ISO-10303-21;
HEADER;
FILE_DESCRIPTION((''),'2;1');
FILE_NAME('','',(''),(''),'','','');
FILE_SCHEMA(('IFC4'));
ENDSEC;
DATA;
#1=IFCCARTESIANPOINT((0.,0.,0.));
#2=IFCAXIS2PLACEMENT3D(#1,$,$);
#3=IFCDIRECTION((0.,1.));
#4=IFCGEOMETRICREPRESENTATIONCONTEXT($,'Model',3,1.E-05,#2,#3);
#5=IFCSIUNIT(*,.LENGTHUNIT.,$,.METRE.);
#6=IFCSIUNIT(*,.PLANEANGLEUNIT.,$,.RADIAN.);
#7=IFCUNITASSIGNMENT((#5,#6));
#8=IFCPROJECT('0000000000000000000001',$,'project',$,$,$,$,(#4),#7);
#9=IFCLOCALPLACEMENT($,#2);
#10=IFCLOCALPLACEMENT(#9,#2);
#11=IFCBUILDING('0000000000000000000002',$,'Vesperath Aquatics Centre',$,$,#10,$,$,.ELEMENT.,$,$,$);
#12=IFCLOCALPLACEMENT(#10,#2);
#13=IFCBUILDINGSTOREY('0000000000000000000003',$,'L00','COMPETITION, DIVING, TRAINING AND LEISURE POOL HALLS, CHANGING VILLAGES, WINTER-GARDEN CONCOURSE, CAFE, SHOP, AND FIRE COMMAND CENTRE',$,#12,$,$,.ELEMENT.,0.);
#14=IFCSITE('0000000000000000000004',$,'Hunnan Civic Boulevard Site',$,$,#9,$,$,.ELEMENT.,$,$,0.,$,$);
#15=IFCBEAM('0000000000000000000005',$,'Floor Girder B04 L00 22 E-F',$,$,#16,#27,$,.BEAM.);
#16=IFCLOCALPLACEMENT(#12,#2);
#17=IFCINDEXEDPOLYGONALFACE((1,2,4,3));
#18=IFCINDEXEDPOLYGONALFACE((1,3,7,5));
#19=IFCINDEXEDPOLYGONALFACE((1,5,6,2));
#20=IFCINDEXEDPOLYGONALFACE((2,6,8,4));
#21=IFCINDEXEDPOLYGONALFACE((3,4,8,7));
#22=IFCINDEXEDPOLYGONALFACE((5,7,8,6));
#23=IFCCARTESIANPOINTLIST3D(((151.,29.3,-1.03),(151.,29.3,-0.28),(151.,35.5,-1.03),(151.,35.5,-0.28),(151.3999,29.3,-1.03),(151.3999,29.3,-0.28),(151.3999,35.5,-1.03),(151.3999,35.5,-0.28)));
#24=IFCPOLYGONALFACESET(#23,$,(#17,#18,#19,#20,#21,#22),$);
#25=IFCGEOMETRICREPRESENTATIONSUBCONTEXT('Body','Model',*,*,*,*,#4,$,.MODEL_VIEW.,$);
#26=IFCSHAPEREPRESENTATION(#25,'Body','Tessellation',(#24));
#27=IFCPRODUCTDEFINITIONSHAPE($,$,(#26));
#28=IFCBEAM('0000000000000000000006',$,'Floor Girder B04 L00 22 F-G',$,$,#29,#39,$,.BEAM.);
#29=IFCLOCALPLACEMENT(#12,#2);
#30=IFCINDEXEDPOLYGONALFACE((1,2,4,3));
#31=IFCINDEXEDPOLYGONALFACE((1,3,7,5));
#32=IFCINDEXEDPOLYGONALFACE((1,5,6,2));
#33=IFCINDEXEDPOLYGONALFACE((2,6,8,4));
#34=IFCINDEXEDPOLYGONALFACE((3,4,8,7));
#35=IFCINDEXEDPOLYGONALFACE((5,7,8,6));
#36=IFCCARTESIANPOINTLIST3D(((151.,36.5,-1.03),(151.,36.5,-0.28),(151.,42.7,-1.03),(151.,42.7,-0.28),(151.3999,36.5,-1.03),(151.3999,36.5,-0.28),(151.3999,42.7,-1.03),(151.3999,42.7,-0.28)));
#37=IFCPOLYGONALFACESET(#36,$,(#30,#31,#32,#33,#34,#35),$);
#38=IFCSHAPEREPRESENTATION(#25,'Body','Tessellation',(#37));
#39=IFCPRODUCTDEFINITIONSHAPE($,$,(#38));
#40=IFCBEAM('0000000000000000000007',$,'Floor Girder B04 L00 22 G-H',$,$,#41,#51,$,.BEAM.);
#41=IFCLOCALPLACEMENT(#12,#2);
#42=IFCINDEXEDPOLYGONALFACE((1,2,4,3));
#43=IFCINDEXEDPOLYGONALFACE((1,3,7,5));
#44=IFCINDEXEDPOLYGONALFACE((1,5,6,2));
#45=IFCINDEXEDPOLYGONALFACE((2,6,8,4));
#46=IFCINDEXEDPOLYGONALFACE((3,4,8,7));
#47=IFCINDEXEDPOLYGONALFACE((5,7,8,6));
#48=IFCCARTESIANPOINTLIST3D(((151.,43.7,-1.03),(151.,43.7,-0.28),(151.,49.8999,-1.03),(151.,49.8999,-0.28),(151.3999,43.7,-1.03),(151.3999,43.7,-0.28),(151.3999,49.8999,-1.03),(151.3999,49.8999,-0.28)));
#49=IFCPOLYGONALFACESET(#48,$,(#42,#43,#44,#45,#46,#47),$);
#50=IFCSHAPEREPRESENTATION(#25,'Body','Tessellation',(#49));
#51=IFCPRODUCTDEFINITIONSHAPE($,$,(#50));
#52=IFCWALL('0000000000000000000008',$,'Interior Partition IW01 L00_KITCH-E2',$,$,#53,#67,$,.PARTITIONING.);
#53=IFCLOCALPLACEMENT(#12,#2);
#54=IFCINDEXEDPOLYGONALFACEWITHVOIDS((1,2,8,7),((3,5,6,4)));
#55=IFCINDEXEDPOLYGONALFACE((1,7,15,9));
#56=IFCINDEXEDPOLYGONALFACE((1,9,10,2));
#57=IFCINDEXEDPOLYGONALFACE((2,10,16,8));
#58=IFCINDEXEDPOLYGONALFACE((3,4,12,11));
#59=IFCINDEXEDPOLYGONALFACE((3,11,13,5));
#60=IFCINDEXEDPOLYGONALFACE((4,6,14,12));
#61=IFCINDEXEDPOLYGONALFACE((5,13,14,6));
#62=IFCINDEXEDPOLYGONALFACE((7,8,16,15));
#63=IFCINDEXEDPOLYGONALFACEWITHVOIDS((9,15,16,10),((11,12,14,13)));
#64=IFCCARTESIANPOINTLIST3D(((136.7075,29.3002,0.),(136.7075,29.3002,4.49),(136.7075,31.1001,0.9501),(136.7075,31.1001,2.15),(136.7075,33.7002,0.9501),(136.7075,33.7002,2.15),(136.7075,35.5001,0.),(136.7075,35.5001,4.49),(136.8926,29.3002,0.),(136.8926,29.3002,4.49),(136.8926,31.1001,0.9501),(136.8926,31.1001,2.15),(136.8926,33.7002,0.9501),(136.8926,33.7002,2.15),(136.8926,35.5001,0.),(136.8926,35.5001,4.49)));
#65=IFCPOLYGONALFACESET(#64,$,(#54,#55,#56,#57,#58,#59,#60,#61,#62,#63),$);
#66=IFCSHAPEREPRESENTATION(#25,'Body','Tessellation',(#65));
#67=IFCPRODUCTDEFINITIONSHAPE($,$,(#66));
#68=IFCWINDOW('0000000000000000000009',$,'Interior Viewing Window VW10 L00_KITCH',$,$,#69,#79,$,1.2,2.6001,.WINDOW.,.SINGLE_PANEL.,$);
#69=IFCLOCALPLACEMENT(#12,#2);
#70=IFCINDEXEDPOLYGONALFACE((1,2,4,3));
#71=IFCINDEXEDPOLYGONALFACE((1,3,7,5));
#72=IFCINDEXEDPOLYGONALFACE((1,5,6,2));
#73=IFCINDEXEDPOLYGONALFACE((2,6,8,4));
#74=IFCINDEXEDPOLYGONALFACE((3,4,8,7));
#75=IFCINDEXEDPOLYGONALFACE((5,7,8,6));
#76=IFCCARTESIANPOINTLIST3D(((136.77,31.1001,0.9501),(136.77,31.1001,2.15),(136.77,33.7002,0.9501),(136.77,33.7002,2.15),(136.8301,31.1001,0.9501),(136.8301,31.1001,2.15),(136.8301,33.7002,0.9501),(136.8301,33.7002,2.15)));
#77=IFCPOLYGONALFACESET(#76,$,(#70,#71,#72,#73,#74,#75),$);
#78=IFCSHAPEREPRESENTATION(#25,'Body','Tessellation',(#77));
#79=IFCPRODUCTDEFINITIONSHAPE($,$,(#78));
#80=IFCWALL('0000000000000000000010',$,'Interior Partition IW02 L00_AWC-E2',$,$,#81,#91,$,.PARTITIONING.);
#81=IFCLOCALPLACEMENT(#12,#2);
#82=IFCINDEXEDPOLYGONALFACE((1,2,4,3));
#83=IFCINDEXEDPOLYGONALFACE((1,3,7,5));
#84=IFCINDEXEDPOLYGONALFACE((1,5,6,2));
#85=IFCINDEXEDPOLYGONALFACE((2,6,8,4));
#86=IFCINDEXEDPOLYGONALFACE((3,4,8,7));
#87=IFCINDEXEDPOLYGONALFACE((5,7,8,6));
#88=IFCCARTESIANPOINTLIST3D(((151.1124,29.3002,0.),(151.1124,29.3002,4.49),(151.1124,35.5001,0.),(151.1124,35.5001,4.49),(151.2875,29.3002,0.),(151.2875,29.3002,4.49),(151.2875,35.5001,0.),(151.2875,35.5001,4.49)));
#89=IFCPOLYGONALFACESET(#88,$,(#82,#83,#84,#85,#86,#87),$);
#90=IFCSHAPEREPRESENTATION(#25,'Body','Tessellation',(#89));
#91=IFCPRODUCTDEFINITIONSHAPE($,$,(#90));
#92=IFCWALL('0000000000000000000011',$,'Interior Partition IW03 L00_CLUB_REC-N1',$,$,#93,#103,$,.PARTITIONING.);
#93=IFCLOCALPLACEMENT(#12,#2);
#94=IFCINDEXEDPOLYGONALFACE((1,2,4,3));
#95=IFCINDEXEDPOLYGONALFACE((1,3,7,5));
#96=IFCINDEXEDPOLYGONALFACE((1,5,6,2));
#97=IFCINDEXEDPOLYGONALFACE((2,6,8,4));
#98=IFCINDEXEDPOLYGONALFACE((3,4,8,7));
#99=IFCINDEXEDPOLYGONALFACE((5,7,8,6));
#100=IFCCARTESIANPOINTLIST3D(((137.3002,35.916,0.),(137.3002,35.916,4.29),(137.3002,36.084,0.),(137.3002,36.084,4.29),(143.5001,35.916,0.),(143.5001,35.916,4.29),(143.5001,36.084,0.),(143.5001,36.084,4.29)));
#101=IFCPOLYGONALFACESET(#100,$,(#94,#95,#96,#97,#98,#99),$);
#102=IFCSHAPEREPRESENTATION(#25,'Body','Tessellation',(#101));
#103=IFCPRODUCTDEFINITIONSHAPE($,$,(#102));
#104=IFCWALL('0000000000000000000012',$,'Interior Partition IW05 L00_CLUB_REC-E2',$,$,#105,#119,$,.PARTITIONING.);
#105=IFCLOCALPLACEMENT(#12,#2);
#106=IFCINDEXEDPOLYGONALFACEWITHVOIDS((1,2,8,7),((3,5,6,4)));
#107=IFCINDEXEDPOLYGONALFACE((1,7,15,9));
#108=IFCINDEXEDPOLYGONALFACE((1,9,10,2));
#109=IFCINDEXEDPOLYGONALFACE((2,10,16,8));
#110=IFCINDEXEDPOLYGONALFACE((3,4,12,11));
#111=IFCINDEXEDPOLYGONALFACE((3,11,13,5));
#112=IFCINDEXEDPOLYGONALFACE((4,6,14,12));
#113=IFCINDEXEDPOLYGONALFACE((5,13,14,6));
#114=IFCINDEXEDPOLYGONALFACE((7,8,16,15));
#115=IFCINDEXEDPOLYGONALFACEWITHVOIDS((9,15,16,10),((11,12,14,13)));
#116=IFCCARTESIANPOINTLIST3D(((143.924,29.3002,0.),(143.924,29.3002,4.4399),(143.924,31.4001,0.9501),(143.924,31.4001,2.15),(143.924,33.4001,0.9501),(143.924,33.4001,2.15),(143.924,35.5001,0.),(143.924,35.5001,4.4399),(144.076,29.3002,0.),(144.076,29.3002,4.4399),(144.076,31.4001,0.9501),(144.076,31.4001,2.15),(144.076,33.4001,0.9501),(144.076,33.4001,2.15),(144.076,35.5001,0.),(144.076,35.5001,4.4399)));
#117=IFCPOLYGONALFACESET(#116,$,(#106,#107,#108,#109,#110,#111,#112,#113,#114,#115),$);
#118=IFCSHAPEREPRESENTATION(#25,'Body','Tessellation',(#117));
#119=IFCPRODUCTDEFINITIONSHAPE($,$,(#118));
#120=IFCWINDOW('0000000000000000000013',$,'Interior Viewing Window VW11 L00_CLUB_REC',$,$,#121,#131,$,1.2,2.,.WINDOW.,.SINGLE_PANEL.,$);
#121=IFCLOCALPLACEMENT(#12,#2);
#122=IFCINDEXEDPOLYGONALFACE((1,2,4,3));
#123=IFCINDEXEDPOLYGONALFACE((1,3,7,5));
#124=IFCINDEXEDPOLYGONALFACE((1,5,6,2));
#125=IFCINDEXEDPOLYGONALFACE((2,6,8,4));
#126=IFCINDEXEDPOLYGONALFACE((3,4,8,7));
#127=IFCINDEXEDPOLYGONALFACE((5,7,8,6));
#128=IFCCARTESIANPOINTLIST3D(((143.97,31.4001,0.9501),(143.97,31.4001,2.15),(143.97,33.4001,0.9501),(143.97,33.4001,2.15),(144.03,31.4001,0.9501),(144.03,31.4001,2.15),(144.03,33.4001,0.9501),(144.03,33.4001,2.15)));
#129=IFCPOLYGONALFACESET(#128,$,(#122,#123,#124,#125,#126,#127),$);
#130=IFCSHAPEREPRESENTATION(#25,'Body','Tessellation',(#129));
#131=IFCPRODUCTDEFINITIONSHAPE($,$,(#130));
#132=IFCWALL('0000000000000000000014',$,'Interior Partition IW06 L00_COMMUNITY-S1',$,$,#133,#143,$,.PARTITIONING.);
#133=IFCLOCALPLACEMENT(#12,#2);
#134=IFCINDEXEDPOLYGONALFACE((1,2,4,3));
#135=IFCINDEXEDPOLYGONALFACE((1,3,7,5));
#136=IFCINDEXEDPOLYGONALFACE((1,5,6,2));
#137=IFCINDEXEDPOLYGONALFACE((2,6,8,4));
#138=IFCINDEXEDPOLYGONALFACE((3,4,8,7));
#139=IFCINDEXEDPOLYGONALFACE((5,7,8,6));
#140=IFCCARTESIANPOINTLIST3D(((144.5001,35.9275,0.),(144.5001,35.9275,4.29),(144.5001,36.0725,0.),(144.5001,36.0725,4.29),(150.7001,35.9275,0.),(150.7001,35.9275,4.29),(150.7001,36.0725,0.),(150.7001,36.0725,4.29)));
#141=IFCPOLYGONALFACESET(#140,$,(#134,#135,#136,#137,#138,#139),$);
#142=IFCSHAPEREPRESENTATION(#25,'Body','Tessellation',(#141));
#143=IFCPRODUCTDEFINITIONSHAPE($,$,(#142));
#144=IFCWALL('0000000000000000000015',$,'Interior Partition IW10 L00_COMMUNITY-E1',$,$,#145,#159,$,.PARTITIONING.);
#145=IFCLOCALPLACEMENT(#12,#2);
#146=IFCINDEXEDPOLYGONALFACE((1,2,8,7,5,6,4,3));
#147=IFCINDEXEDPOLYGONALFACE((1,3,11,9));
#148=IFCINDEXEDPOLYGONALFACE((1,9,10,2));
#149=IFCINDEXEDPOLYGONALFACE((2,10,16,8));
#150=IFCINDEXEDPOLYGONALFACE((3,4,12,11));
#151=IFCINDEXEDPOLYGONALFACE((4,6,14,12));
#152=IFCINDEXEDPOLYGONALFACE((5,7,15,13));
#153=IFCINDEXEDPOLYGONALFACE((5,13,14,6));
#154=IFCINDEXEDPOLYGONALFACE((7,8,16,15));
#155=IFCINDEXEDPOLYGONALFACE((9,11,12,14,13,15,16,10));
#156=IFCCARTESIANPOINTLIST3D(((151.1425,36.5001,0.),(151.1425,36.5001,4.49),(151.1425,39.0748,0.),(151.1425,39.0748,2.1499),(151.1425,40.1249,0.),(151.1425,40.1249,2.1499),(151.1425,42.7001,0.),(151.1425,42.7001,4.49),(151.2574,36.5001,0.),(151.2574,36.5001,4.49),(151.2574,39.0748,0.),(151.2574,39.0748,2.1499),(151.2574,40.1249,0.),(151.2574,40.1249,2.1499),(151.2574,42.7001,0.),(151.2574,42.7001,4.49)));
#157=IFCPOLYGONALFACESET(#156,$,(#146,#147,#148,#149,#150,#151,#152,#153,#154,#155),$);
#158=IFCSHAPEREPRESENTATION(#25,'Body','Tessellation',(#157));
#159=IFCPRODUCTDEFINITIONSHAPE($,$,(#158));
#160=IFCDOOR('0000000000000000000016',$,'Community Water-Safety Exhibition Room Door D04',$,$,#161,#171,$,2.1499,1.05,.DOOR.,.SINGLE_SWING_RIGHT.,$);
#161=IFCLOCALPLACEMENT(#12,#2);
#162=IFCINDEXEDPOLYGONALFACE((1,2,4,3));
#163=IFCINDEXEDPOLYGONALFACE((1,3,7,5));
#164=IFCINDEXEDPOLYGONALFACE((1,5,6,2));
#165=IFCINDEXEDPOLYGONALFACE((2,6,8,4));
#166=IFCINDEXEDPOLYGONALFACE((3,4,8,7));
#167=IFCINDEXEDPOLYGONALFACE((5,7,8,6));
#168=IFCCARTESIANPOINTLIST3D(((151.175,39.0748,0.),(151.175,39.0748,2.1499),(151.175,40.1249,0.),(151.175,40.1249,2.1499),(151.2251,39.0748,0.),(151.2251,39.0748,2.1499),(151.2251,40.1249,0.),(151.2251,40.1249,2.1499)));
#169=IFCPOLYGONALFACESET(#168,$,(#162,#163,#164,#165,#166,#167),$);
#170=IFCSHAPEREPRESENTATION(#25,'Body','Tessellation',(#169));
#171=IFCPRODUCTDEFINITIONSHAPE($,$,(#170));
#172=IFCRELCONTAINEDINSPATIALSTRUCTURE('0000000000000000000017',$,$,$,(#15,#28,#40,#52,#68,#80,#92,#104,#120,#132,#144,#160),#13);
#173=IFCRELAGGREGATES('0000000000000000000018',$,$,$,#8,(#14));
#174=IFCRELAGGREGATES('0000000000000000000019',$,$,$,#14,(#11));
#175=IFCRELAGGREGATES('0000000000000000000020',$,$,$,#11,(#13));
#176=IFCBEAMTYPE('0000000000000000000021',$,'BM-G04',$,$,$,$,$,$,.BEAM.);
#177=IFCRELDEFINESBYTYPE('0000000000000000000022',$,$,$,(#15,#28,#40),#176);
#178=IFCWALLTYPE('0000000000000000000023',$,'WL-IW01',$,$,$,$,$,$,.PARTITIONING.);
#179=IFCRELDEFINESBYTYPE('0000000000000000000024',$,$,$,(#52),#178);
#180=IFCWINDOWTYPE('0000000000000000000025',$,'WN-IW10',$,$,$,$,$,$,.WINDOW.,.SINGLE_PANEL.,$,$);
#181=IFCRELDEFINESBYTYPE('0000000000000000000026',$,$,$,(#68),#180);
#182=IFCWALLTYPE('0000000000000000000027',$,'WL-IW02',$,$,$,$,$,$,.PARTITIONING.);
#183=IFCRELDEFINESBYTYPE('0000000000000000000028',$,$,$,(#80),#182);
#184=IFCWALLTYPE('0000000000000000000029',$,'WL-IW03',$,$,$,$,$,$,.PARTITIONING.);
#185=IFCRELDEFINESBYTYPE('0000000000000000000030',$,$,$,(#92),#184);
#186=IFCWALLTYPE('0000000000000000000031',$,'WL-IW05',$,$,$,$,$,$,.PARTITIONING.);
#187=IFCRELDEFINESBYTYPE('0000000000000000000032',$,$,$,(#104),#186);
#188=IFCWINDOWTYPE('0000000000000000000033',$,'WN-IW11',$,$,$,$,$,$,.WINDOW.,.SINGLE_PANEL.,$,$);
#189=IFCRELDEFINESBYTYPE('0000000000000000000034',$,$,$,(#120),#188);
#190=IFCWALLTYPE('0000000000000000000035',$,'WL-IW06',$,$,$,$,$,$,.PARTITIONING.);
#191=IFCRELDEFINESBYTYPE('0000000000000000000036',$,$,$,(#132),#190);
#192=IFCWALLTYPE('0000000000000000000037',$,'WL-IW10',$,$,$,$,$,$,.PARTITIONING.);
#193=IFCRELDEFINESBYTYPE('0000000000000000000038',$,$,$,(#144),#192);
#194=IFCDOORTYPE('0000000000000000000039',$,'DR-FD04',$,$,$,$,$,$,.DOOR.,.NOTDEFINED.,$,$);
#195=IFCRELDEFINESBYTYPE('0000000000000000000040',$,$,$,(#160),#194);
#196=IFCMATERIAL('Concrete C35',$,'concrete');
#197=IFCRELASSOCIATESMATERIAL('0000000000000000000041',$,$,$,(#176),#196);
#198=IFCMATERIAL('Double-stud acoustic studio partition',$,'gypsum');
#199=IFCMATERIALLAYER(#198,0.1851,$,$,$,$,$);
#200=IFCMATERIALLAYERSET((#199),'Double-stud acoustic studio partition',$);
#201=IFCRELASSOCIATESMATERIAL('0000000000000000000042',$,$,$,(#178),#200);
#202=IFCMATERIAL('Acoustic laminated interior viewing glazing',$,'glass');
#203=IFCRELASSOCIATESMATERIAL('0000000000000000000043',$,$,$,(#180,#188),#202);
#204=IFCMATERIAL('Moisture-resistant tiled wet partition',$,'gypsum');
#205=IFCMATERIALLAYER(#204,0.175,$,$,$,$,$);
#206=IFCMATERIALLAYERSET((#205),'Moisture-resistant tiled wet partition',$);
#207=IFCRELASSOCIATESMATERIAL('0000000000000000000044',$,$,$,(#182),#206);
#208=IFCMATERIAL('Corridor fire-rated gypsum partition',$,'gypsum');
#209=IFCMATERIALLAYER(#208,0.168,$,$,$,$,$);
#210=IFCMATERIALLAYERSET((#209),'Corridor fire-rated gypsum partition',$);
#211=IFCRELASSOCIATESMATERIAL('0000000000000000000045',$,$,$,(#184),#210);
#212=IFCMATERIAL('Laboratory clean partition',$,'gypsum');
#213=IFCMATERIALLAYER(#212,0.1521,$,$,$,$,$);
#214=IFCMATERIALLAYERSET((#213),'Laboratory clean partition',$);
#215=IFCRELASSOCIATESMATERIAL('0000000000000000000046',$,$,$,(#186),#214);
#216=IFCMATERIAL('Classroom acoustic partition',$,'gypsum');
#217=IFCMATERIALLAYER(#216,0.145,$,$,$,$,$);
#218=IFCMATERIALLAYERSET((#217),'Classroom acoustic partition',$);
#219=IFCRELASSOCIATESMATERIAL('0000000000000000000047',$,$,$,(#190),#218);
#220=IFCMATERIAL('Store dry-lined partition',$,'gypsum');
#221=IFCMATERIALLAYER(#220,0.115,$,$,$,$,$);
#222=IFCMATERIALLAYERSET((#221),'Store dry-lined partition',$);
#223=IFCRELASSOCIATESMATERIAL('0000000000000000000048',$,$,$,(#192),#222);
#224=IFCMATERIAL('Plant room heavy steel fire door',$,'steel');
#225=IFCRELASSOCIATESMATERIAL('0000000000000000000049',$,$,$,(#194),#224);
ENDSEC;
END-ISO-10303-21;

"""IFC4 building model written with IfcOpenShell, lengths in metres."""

from ifc_helpers import new_model, si_unit, direction, frame, frame_2d, origin, origin_2d, place, context, subcontext, project, spatial, rectangle, extrude, material, layer, layer_set, material_profile, profile_set, type_object, element, fill, save


model = new_model("IFC4")

# Units and contexts
model_context = context("Model", 3, precision=1e-05, world=origin(), true_north=direction((0.0, 1.0)))
body_context = subcontext(model_context, "Body", "Model", "MODEL_VIEW")
ifc_project = project(units=[si_unit("LENGTHUNIT", "METRE"), si_unit("PLANEANGLEUNIT", "RADIAN")], contexts=[model_context])

# Site, building, storey
site_placement = place(None, origin())
site = spatial("IfcSite", under=ifc_project, at=site_placement, Name="Hunnan Civic Boulevard Site", CompositionType="ELEMENT", RefElevation=0.0)
building_placement = place(site_placement, origin())
building = spatial("IfcBuilding", under=site, at=building_placement, Name="Vesperath Aquatics Centre", CompositionType="ELEMENT")
storey_placement = place(building_placement, origin())
storey = spatial("IfcBuildingStorey", under=building, at=storey_placement, Name="L00", Description="COMPETITION, DIVING, TRAINING AND LEISURE POOL HALLS, CHANGING VILLAGES, WINTER-GARDEN CONCOURSE, CAFE, SHOP, AND FIRE COMMAND CENTRE", CompositionType="ELEMENT", Elevation=0.0)

# Beams
ifc_material_1 = material(Name="Concrete C35", Category="concrete")
ifc_material_profile_1 = material_profile(ifc_material_1, rectangle(XDim=0.3999, YDim=0.75, at=origin_2d()), Name="RC 400x750")
ifc_profile_set_1 = profile_set([ifc_material_profile_1], Name="Concrete C35")
beam_type_1 = type_object("IfcBeamType", Name="BM-G04", PredefinedType="BEAM", material=ifc_profile_set_1)
for number, where, z_axis, x_axis, name in (
    (1, (151.2, 29.3, -0.655), (0.0, 1.0, 0.0), (-1.0, 0.0, 0.0), "Floor Girder B04 L00 22 E-F"),
    (2, (151.2, 36.5, -0.655), (0.0, 1.0, 0.0), (-1.0, 0.0, 0.0), "Floor Girder B04 L00 22 F-G"),
    (3, (151.2, 43.7, -0.655), (0.0, 1.0, 0.0), (-1.0, 0.0, 0.0), "Floor Girder B04 L00 22 G-H"),
):
    element("IfcBeam", number, at=place(storey_placement, frame(where, z_axis=z_axis, x_axis=x_axis)), inside=storey, type_object=beam_type_1, Name=name, PredefinedType="BEAM", context=body_context, shape_type="SweptSolid", body=[
        extrude(rectangle(XDim=0.3999, YDim=0.75, at=origin_2d()), origin(), (0.0, 0.0, 1.0), 6.2),
    ])

# Wall, opening, window
ifc_material_2 = material(Name="Double-stud acoustic studio partition", Category="gypsum")
ifc_layer_1 = layer(ifc_material_2, 0.1851)
ifc_layer_set_1 = layer_set([ifc_layer_1], Name="Double-stud acoustic studio partition")
wall_type_1 = type_object("IfcWallType", Name="WL-IW01", PredefinedType="PARTITIONING", material=ifc_layer_set_1)
wall_1_placement = place(storey_placement, frame((136.8, 29.3, 0.0), z_axis=(0.0, 0.0, 1.0), x_axis=(0.0, 1.0, 0.0)))
wall_1 = element("IfcWall", 4, at=wall_1_placement, inside=storey, type_object=wall_type_1, Name="Interior Partition IW01 L00_KITCH-E2", PredefinedType="PARTITIONING", context=body_context, shape_type="SweptSolid", body=[
    extrude(rectangle(XDim=6.2, YDim=0.1851, at=frame_2d((3.1001, 0.0))), origin(), (0.0, 0.0, 1.0), 4.49),
])
opening_1_placement = place(wall_1_placement, frame((1.8, 0.0, 0.95)))
opening_1 = element("IfcOpeningElement", 5, at=opening_1_placement, cuts=wall_1, PredefinedType="OPENING", context=body_context, shape_type="SweptSolid", body=[
    extrude(rectangle(XDim=2.6001, YDim=1.2, at=frame_2d((1.3, 0.6001))), frame((0.0, 0.1074, 0.0), z_axis=(0.0, -1.0, 0.0), x_axis=(1.0, 0.0, 0.0)), (0.0, 0.0, 1.0), 0.2148),
])
ifc_material_3 = material(Name="Acoustic laminated interior viewing glazing", Category="glass")
window_type_1 = type_object("IfcWindowType", Name="WN-IW10", PartitioningType="SINGLE_PANEL", PredefinedType="WINDOW", material=ifc_material_3)
window_1_placement = place(opening_1_placement, origin())
window_1 = element("IfcWindow", 6, at=window_1_placement, inside=storey, type_object=window_type_1, Name="Interior Viewing Window VW10 L00_KITCH", OverallHeight=1.2, OverallWidth=2.6001, PartitioningType="SINGLE_PANEL", PredefinedType="WINDOW", context=body_context, shape_type="SweptSolid", body=[
    extrude(rectangle(XDim=2.6001, YDim=1.2, at=frame_2d((1.3, 0.6001))), frame((0.0, 0.03, 0.0), z_axis=(0.0, -1.0, 0.0), x_axis=(1.0, 0.0, 0.0)), (0.0, 0.0, 1.0), 0.0601),
])
fill(opening_1, window_1)

# Walls
ifc_material_4 = material(Name="Moisture-resistant tiled wet partition", Category="gypsum")
ifc_layer_2 = layer(ifc_material_4, 0.175)
ifc_layer_set_2 = layer_set([ifc_layer_2], Name="Moisture-resistant tiled wet partition")
wall_type_2 = type_object("IfcWallType", Name="WL-IW02", PredefinedType="PARTITIONING", material=ifc_layer_set_2)
wall_2_placement = place(storey_placement, frame((151.2, 29.3, 0.0), z_axis=(0.0, 0.0, 1.0), x_axis=(0.0, 1.0, 0.0)))
element("IfcWall", 7, at=wall_2_placement, inside=storey, type_object=wall_type_2, Name="Interior Partition IW02 L00_AWC-E2", PredefinedType="PARTITIONING", context=body_context, shape_type="SweptSolid", body=[
    extrude(rectangle(XDim=6.2, YDim=0.175, at=frame_2d((3.1001, 0.0))), origin(), (0.0, 0.0, 1.0), 4.49),
])
ifc_material_5 = material(Name="Corridor fire-rated gypsum partition", Category="gypsum")
ifc_layer_3 = layer(ifc_material_5, 0.168)
ifc_layer_set_3 = layer_set([ifc_layer_3], Name="Corridor fire-rated gypsum partition")
wall_type_3 = type_object("IfcWallType", Name="WL-IW03", PredefinedType="PARTITIONING", material=ifc_layer_set_3)
wall_3_placement = place(storey_placement, frame((137.3, 36.0, 0.0), z_axis=(0.0, 0.0, 1.0), x_axis=(1.0, 0.0, 0.0)))
element("IfcWall", 8, at=wall_3_placement, inside=storey, type_object=wall_type_3, Name="Interior Partition IW03 L00_CLUB_REC-N1", PredefinedType="PARTITIONING", context=body_context, shape_type="SweptSolid", body=[
    extrude(rectangle(XDim=6.2, YDim=0.168, at=frame_2d((3.1001, 0.0))), origin(), (0.0, 0.0, 1.0), 4.29),
])

# Wall, opening, window
ifc_material_6 = material(Name="Laboratory clean partition", Category="gypsum")
ifc_layer_4 = layer(ifc_material_6, 0.1521)
ifc_layer_set_4 = layer_set([ifc_layer_4], Name="Laboratory clean partition")
wall_type_4 = type_object("IfcWallType", Name="WL-IW05", PredefinedType="PARTITIONING", material=ifc_layer_set_4)
wall_4_placement = place(storey_placement, frame((144.0, 29.3, 0.0), z_axis=(0.0, 0.0, 1.0), x_axis=(0.0, 1.0, 0.0)))
wall_4 = element("IfcWall", 9, at=wall_4_placement, inside=storey, type_object=wall_type_4, Name="Interior Partition IW05 L00_CLUB_REC-E2", PredefinedType="PARTITIONING", context=body_context, shape_type="SweptSolid", body=[
    extrude(rectangle(XDim=6.2, YDim=0.1521, at=frame_2d((3.1001, 0.0))), origin(), (0.0, 0.0, 1.0), 4.4399),
])
opening_2_placement = place(wall_4_placement, frame((2.1001, 0.0, 0.95)))
opening_2 = element("IfcOpeningElement", 10, at=opening_2_placement, cuts=wall_4, PredefinedType="OPENING", context=body_context, shape_type="SweptSolid", body=[
    extrude(rectangle(XDim=2.0, YDim=1.2, at=frame_2d((1.0, 0.6001))), frame((0.0, 0.0908, 0.0), z_axis=(0.0, -1.0, 0.0), x_axis=(1.0, 0.0, 0.0)), (0.0, 0.0, 1.0), 0.1819),
])
window_type_2 = type_object("IfcWindowType", Name="WN-IW11", PartitioningType="SINGLE_PANEL", PredefinedType="WINDOW", material=ifc_material_3)
window_2_placement = place(opening_2_placement, origin())
window_2 = element("IfcWindow", 11, at=window_2_placement, inside=storey, type_object=window_type_2, Name="Interior Viewing Window VW11 L00_CLUB_REC", OverallHeight=1.2, OverallWidth=2.0, PartitioningType="SINGLE_PANEL", PredefinedType="WINDOW", context=body_context, shape_type="SweptSolid", body=[
    extrude(rectangle(XDim=2.0, YDim=1.2, at=frame_2d((1.0, 0.6001))), frame((0.0, 0.03, 0.0), z_axis=(0.0, -1.0, 0.0), x_axis=(1.0, 0.0, 0.0)), (0.0, 0.0, 1.0), 0.0601),
])
fill(opening_2, window_2)

# Wall
ifc_material_7 = material(Name="Classroom acoustic partition", Category="gypsum")
ifc_layer_5 = layer(ifc_material_7, 0.145)
ifc_layer_set_5 = layer_set([ifc_layer_5], Name="Classroom acoustic partition")
wall_type_5 = type_object("IfcWallType", Name="WL-IW06", PredefinedType="PARTITIONING", material=ifc_layer_set_5)
wall_5_placement = place(storey_placement, frame((144.5, 36.0, 0.0), z_axis=(0.0, 0.0, 1.0), x_axis=(1.0, 0.0, 0.0)))
element("IfcWall", 12, at=wall_5_placement, inside=storey, type_object=wall_type_5, Name="Interior Partition IW06 L00_COMMUNITY-S1", PredefinedType="PARTITIONING", context=body_context, shape_type="SweptSolid", body=[
    extrude(rectangle(XDim=6.2, YDim=0.145, at=frame_2d((3.1001, 0.0))), origin(), (0.0, 0.0, 1.0), 4.29),
])

# Wall, opening, door
ifc_material_8 = material(Name="Store dry-lined partition", Category="gypsum")
ifc_layer_6 = layer(ifc_material_8, 0.115)
ifc_layer_set_6 = layer_set([ifc_layer_6], Name="Store dry-lined partition")
wall_type_6 = type_object("IfcWallType", Name="WL-IW10", PredefinedType="PARTITIONING", material=ifc_layer_set_6)
wall_6_placement = place(storey_placement, frame((151.2, 36.5, 0.0), z_axis=(0.0, 0.0, 1.0), x_axis=(0.0, 1.0, 0.0)))
wall_6 = element("IfcWall", 13, at=wall_6_placement, inside=storey, type_object=wall_type_6, Name="Interior Partition IW10 L00_COMMUNITY-E1", PredefinedType="PARTITIONING", context=body_context, shape_type="SweptSolid", body=[
    extrude(rectangle(XDim=6.2, YDim=0.115, at=frame_2d((3.1001, 0.0))), origin(), (0.0, 0.0, 1.0), 4.49),
])
opening_3_placement = place(wall_6_placement, frame((2.575, 0.0, 0.0)))
opening_3 = element("IfcOpeningElement", 14, at=opening_3_placement, cuts=wall_6, PredefinedType="OPENING", context=body_context, shape_type="SweptSolid", body=[
    extrude(rectangle(XDim=1.05, YDim=2.1499, at=frame_2d((0.5249, 1.075))), frame((0.0, 0.0723, 0.0), z_axis=(0.0, -1.0, 0.0), x_axis=(1.0, 0.0, 0.0)), (0.0, 0.0, 1.0), 0.1448),
])
ifc_material_9 = material(Name="Plant room heavy steel fire door", Category="steel")
door_type = type_object("IfcDoorType", Name="DR-FD04", OperationType="NOTDEFINED", PredefinedType="DOOR", material=ifc_material_9)
door_placement = place(opening_3_placement, origin())
door = element("IfcDoor", 15, at=door_placement, inside=storey, type_object=door_type, Name="Community Water-Safety Exhibition Room Door D04", OperationType="SINGLE_SWING_RIGHT", OverallHeight=2.1499, OverallWidth=1.05, PredefinedType="DOOR", context=body_context, shape_type="SweptSolid", body=[
    extrude(rectangle(XDim=1.05, YDim=2.1499, at=frame_2d((0.5249, 1.075))), frame((0.0, 0.0249, 0.0), z_axis=(0.0, -1.0, 0.0), x_axis=(1.0, 0.0, 0.0)), (0.0, 0.0, 1.0), 0.05),
])
fill(opening_3, door)

save(model, "model.ifc")
